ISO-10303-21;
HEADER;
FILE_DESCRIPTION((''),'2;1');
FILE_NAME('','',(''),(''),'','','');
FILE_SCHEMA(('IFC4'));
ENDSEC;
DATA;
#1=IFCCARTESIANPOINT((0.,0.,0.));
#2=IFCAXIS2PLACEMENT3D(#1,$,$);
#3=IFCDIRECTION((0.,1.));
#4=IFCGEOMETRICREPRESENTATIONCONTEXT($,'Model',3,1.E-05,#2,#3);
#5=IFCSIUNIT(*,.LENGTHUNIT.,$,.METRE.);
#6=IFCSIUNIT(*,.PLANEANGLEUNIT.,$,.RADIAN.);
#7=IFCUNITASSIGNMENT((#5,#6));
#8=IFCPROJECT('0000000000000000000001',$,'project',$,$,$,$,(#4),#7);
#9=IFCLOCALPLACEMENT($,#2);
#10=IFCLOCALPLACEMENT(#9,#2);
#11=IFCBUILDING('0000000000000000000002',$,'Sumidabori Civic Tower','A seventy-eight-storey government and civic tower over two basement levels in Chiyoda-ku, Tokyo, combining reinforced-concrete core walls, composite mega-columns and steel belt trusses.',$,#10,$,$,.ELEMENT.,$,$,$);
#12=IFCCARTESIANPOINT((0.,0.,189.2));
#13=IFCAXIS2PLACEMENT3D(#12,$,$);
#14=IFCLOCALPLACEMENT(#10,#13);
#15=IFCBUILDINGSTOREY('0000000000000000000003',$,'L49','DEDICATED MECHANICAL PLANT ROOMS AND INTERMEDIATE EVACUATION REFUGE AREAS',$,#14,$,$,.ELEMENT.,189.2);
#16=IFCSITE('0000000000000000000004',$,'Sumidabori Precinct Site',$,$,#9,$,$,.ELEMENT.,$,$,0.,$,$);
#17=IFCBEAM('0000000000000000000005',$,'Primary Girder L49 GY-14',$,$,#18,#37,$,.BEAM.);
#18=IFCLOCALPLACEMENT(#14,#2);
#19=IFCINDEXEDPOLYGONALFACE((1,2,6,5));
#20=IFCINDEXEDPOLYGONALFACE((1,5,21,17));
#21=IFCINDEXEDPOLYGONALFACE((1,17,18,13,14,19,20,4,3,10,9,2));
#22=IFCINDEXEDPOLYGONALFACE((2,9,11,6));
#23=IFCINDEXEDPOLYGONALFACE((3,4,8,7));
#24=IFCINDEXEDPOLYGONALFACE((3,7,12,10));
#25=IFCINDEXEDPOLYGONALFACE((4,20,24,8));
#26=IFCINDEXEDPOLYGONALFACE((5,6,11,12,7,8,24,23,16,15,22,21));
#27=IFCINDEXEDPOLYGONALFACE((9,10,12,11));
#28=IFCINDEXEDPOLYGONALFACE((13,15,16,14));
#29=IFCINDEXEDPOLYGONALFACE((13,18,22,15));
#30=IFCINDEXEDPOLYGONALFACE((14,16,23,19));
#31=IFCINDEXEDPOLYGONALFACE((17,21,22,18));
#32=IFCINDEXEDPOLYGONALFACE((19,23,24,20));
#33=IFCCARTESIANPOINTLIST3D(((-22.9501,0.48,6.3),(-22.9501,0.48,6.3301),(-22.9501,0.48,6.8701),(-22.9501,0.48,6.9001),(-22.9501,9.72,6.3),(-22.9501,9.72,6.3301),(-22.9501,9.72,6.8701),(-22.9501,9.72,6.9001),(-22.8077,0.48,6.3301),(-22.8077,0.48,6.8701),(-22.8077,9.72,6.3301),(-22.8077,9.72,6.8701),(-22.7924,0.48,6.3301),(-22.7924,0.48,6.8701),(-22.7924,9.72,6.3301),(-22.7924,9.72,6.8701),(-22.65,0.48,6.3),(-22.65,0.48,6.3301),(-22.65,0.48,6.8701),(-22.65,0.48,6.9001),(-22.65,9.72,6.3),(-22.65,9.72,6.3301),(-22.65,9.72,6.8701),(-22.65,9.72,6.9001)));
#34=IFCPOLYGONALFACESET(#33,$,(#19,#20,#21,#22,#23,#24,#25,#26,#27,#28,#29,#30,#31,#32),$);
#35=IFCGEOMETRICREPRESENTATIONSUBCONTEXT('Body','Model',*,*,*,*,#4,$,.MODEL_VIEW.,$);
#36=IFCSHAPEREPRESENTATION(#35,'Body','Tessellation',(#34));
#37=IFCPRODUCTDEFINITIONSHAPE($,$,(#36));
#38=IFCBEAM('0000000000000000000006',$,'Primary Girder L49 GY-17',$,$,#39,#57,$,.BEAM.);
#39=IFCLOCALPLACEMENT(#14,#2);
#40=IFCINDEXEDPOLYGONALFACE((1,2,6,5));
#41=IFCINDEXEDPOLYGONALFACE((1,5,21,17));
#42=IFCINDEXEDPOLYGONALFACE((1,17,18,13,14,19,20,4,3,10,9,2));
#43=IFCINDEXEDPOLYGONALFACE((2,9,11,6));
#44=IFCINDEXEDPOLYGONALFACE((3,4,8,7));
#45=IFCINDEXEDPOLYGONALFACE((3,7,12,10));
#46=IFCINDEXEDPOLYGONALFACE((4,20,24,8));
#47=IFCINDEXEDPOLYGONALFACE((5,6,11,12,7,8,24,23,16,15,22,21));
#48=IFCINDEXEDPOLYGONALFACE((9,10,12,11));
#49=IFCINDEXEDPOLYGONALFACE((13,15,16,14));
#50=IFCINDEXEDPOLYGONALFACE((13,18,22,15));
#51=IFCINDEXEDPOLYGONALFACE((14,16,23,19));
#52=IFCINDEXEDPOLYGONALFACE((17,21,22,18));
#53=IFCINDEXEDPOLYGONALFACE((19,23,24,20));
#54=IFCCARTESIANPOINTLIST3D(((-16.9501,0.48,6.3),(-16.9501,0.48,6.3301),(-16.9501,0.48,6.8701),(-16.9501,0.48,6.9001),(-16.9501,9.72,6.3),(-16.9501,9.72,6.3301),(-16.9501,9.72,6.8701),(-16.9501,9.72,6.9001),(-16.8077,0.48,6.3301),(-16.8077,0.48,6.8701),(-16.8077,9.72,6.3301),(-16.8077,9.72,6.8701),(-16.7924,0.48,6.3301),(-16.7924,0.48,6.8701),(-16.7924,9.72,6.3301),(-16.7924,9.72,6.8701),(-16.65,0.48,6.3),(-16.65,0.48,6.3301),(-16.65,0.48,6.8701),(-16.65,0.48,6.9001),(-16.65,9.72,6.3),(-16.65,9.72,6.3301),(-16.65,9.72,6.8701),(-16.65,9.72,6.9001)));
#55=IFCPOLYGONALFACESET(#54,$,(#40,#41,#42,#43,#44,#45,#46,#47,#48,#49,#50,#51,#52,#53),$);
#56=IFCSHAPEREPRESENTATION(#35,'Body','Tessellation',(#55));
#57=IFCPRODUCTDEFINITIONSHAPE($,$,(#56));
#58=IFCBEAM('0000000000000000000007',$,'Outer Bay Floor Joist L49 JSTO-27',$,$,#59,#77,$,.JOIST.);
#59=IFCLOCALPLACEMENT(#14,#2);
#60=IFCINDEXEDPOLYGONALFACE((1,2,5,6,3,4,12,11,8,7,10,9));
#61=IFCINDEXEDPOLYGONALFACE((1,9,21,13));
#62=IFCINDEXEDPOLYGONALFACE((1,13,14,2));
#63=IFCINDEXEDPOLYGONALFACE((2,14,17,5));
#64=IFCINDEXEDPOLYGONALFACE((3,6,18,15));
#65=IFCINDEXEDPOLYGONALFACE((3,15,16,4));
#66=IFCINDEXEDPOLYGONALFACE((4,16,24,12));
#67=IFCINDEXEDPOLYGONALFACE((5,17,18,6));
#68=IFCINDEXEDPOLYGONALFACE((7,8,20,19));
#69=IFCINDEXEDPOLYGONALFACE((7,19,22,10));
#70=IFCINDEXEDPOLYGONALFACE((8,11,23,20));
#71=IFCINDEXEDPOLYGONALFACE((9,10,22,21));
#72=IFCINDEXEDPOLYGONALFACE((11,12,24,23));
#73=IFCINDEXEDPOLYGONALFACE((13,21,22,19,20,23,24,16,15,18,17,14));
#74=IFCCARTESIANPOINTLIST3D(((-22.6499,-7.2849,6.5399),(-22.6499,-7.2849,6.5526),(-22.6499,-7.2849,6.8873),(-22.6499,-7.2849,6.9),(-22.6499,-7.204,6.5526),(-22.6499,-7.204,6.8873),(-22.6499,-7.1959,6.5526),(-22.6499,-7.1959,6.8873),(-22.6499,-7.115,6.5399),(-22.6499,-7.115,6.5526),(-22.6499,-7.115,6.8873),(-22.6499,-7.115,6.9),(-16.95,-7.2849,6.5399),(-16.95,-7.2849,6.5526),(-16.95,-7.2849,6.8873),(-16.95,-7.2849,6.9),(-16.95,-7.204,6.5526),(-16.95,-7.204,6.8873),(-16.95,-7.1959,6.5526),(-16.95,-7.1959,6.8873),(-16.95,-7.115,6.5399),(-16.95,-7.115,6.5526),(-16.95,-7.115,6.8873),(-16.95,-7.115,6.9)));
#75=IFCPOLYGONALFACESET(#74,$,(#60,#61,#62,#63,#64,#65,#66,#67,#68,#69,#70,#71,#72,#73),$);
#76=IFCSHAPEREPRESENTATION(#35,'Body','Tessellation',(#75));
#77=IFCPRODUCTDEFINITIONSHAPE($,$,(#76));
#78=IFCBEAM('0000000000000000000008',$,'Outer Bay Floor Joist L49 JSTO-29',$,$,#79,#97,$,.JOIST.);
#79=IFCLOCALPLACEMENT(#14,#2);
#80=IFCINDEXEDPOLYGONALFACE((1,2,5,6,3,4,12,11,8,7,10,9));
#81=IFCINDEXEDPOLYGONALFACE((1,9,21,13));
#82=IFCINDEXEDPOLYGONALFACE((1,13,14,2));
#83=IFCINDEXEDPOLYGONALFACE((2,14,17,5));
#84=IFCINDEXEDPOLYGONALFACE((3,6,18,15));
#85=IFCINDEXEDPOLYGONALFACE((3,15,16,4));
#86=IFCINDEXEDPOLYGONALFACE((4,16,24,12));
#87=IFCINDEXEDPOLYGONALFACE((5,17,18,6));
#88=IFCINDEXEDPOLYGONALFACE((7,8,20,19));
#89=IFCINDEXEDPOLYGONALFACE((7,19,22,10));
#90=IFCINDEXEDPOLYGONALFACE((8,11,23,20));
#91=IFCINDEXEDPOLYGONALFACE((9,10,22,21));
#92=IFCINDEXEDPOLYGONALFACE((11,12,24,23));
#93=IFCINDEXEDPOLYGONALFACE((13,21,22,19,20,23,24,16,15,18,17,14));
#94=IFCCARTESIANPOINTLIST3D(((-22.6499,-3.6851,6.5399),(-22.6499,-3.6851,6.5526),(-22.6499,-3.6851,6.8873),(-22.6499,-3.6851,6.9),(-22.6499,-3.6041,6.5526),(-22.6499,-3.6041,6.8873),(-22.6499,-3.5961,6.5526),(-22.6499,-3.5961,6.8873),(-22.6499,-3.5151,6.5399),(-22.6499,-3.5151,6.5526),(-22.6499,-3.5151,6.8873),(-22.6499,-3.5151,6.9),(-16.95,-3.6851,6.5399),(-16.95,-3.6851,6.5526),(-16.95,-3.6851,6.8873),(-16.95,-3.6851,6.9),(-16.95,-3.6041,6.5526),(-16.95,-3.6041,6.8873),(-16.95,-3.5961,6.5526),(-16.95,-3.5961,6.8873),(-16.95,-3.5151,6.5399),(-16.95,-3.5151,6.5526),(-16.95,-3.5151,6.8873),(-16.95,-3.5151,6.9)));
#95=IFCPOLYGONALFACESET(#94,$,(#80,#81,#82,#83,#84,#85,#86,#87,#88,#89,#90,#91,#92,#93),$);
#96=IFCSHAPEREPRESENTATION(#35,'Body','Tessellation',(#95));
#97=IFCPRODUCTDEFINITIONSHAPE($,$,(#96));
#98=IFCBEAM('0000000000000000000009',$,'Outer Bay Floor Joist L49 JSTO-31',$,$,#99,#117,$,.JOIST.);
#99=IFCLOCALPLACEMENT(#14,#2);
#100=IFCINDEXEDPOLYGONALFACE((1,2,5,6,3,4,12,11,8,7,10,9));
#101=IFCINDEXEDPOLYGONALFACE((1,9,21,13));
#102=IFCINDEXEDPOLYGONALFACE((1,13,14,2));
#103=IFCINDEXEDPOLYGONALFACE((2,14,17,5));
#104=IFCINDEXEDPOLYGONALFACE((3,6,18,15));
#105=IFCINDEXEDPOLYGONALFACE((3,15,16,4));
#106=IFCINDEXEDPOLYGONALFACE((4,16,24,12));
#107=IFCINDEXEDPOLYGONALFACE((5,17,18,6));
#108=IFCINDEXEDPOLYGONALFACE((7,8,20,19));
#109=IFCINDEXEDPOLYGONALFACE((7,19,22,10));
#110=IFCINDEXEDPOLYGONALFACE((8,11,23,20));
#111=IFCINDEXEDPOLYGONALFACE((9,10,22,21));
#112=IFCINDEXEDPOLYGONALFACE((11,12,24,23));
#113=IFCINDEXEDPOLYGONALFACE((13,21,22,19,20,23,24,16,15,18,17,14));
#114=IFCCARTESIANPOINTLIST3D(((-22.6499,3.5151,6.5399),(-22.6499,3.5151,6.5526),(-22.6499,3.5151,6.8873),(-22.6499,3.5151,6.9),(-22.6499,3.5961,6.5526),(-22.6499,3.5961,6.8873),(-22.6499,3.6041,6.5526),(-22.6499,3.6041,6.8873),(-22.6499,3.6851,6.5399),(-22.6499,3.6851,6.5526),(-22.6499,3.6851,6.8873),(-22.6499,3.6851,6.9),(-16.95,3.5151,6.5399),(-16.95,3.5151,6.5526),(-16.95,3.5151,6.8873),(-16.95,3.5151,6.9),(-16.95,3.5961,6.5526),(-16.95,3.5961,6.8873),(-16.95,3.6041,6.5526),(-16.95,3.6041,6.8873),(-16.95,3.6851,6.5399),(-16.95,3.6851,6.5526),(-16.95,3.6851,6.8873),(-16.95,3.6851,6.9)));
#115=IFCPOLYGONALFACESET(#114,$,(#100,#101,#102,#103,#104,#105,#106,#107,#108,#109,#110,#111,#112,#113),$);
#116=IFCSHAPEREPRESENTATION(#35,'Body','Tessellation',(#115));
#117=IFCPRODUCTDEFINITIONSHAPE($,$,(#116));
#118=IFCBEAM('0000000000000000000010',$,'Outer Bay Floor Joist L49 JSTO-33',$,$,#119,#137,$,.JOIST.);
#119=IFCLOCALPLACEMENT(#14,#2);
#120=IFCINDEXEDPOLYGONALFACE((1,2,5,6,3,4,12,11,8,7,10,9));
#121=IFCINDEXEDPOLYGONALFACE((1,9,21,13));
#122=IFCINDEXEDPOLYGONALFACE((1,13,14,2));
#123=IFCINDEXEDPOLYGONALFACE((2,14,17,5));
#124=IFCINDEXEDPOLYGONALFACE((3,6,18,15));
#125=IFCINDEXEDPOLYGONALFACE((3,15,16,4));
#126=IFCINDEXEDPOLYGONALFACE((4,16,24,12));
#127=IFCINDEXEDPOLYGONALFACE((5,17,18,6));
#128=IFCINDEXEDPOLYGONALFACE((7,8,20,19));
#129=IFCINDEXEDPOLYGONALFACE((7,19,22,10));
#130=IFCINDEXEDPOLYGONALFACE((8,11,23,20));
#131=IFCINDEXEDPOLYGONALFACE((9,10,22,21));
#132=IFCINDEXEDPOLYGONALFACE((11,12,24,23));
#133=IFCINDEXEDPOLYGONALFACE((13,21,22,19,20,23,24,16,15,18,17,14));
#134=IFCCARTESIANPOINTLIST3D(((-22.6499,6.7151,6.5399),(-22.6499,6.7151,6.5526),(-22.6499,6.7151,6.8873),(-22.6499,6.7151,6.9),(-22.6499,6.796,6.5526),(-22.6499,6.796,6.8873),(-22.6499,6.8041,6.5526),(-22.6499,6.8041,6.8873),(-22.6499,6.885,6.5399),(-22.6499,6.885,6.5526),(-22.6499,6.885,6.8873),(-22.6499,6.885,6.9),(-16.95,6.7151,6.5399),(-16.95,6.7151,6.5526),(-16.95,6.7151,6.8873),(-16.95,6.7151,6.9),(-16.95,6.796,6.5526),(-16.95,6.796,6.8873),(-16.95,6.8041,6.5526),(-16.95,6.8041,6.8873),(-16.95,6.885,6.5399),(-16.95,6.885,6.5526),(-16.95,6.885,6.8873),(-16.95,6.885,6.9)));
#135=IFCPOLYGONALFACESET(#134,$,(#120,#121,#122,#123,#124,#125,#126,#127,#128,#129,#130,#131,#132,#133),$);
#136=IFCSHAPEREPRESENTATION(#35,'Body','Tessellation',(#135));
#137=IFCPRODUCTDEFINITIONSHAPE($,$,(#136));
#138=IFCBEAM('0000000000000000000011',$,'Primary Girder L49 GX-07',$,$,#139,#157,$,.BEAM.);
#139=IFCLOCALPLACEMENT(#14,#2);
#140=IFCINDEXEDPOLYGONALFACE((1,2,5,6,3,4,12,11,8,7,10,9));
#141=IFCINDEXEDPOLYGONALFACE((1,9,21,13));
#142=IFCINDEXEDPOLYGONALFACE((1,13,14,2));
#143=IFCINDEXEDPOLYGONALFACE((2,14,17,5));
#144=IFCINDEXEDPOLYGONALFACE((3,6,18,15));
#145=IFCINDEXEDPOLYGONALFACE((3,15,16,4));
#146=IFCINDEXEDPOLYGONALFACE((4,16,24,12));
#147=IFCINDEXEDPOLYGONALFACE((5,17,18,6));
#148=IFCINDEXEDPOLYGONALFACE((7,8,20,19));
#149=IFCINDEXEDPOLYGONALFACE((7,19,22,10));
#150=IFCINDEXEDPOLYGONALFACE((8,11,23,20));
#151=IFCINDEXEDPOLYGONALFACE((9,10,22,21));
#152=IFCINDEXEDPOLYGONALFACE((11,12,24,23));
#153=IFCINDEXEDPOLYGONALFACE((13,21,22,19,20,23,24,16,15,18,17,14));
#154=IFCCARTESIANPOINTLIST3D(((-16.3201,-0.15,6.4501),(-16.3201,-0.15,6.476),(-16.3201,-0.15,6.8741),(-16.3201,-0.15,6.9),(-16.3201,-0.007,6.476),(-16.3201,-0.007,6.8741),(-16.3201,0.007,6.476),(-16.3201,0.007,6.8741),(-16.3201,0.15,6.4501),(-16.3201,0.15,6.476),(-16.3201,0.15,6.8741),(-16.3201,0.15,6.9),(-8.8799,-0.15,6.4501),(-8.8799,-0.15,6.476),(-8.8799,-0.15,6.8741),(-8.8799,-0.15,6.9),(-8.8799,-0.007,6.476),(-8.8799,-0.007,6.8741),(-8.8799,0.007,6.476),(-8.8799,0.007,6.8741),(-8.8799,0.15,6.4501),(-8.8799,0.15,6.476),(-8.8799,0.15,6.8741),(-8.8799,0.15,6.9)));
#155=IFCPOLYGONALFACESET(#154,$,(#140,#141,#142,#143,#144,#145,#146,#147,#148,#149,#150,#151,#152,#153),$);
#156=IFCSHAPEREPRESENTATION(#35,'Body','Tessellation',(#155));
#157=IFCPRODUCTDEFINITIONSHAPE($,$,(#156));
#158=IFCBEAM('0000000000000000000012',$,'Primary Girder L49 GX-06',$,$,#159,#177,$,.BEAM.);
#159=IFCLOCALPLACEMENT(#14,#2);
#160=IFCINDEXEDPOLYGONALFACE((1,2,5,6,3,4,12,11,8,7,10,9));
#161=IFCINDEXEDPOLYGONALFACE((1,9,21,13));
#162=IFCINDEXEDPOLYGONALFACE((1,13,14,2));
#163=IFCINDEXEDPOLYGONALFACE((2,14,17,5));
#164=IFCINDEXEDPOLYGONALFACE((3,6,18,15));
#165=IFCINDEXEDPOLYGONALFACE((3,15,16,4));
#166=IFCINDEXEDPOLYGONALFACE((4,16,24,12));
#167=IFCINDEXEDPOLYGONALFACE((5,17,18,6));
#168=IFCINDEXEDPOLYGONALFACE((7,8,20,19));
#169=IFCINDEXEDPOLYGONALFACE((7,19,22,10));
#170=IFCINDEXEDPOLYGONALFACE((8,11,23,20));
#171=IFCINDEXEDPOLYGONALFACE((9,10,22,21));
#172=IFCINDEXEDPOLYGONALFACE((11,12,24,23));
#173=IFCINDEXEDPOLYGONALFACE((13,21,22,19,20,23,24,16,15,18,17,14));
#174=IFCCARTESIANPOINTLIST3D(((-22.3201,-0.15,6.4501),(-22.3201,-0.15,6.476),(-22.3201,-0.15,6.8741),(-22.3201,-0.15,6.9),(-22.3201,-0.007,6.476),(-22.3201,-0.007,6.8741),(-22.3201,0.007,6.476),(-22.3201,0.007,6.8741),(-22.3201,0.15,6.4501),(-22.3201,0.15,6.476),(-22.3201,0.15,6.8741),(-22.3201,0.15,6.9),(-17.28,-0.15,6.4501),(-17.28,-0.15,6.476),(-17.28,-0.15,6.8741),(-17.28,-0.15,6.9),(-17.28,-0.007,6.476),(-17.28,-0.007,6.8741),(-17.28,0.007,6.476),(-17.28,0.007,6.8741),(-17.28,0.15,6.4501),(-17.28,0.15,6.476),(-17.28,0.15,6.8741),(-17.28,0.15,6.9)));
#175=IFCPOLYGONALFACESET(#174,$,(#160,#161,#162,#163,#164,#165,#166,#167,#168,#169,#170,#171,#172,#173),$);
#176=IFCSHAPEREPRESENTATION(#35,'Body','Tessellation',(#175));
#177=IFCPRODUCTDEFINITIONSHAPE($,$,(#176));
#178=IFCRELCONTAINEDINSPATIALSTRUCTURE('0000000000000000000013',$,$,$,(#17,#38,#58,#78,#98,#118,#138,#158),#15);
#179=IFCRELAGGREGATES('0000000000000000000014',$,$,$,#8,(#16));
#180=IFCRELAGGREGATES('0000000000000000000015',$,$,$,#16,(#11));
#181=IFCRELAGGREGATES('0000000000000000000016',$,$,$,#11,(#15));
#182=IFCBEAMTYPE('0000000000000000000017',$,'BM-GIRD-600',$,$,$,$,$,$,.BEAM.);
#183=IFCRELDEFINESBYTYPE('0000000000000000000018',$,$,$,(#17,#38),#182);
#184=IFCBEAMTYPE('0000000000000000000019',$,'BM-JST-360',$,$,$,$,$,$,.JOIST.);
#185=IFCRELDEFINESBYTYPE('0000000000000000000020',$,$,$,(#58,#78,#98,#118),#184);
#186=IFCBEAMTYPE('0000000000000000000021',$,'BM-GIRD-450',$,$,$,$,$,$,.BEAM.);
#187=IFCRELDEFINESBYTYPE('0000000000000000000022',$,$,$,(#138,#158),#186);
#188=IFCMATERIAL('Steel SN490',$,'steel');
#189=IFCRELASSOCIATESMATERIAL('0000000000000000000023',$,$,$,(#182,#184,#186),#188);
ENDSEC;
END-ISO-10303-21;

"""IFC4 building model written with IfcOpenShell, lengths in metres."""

from ifc_helpers import new_model, si_unit, direction, frame, origin, origin_2d, place, context, subcontext, project, spatial, i_section, extrude, source, transform, mapped, material, material_profile, profile_set, type_object, element, save


model = new_model("IFC4")

# Units and contexts
model_context = context("Model", 3, precision=1e-05, world=origin(), true_north=direction((0.0, 1.0)))
body_context = subcontext(model_context, "Body", "Model", "MODEL_VIEW")
ifc_project = project(units=[si_unit("LENGTHUNIT", "METRE"), si_unit("PLANEANGLEUNIT", "RADIAN")], contexts=[model_context])

# Site, building, storey
site_placement = place(None, origin())
site = spatial("IfcSite", under=ifc_project, at=site_placement, Name="Sumidabori Precinct Site", CompositionType="ELEMENT", RefElevation=0.0)
building_placement = place(site_placement, origin())
building = spatial("IfcBuilding", under=site, at=building_placement, Name="Sumidabori Civic Tower", Description="A seventy-eight-storey government and civic tower over two basement levels in Chiyoda-ku, Tokyo, combining reinforced-concrete core walls, composite mega-columns and steel belt trusses.", CompositionType="ELEMENT")
storey_placement = place(building_placement, frame((0.0, 0.0, 189.2)))
storey = spatial("IfcBuildingStorey", under=building, at=storey_placement, Name="L49", Description="DEDICATED MECHANICAL PLANT ROOMS AND INTERMEDIATE EVACUATION REFUGE AREAS", CompositionType="ELEMENT", Elevation=189.2)

# Beams
ifc_material_1 = material(Name="Steel SN490", Category="steel")
ifc_material_profile_1 = material_profile(ifc_material_1, i_section(OverallWidth=0.3, OverallDepth=0.6001, WebThickness=0.0154, FlangeThickness=0.03, at=origin_2d()), Name="HE 600 B")
ifc_profile_set_1 = profile_set([ifc_material_profile_1], Name="Steel SN490")
beam_type_1 = type_object("IfcBeamType", Name="BM-GIRD-600", PredefinedType="BEAM", material=ifc_profile_set_1)
shared_shape_1 = source(origin(), body_context, "Body", "SweptSolid", [
    extrude(i_section(OverallWidth=0.3, OverallDepth=0.6001, WebThickness=0.0154, FlangeThickness=0.03, at=origin_2d()), origin(), (0.0, 0.0, 1.0), 9.24),
])
for number, where, z_axis, x_axis, name in (
    (1, (-22.8, 0.48, 6.6001), (0.0, 1.0, 0.0), (-1.0, 0.0, 0.0), "Primary Girder L49 GY-14"),
    (2, (-16.8, 0.48, 6.6001), (0.0, 1.0, 0.0), (-1.0, 0.0, 0.0), "Primary Girder L49 GY-17"),
):
    element("IfcBeam", number, at=place(storey_placement, frame(where, z_axis=z_axis, x_axis=x_axis)), inside=storey, type_object=beam_type_1, Name=name, PredefinedType="BEAM", context=body_context, shape_type="MappedRepresentation", body=[
        mapped(shared_shape_1, transform((0.0, 0.0, 0.0), x_axis=(1.0, 0.0, 0.0), y_axis=(0.0, 1.0, 0.0), z_axis=(0.0, 0.0, 1.0), scale=1.0)),
    ])
ifc_material_profile_2 = material_profile(ifc_material_1, i_section(OverallWidth=0.1699, OverallDepth=0.3601, WebThickness=0.0081, FlangeThickness=0.0127, at=origin_2d()), Name="IPE 360")
ifc_profile_set_2 = profile_set([ifc_material_profile_2], Name="Steel SN490")
beam_type_2 = type_object("IfcBeamType", Name="BM-JST-360", PredefinedType="JOIST", material=ifc_profile_set_2)
shared_shape_2 = source(origin(), body_context, "Body", "SweptSolid", [
    extrude(i_section(OverallWidth=0.1699, OverallDepth=0.3601, WebThickness=0.0081, FlangeThickness=0.0127, at=origin_2d()), origin(), (0.0, 0.0, 1.0), 5.7),
])
for number, where, z_axis, x_axis, name in (
    (3, (-22.6499, -7.2, 6.72), (1.0, 0.0, 0.0), (0.0, 1.0, 0.0), "Outer Bay Floor Joist L49 JSTO-27"),
    (4, (-22.6499, -3.6001, 6.72), (1.0, 0.0, 0.0), (0.0, 1.0, 0.0), "Outer Bay Floor Joist L49 JSTO-29"),
    (5, (-22.6499, 3.6001, 6.72), (1.0, 0.0, 0.0), (0.0, 1.0, 0.0), "Outer Bay Floor Joist L49 JSTO-31"),
    (6, (-22.6499, 6.8, 6.72), (1.0, 0.0, 0.0), (0.0, 1.0, 0.0), "Outer Bay Floor Joist L49 JSTO-33"),
):
    element("IfcBeam", number, at=place(storey_placement, frame(where, z_axis=z_axis, x_axis=x_axis)), inside=storey, type_object=beam_type_2, Name=name, PredefinedType="JOIST", context=body_context, shape_type="MappedRepresentation", body=[
        mapped(shared_shape_2, transform((0.0, 0.0, 0.0), x_axis=(1.0, 0.0, 0.0), y_axis=(0.0, 1.0, 0.0), z_axis=(0.0, 0.0, 1.0), scale=1.0)),
    ])
ifc_material_profile_3 = material_profile(ifc_material_1, i_section(OverallWidth=0.3, OverallDepth=0.45, WebThickness=0.0139, FlangeThickness=0.0259, at=origin_2d()), Name="HE 450 B")
ifc_profile_set_3 = profile_set([ifc_material_profile_3], Name="Steel SN490")
beam_type_3 = type_object("IfcBeamType", Name="BM-GIRD-450", PredefinedType="BEAM", material=ifc_profile_set_3)
shared_shape_3 = source(origin(), body_context, "Body", "SweptSolid", [
    extrude(i_section(OverallWidth=0.3, OverallDepth=0.45, WebThickness=0.0139, FlangeThickness=0.0259, at=origin_2d()), origin(), (0.0, 0.0, 1.0), 7.4402),
])
beam_1_placement = place(storey_placement, frame((-16.3201, 0.0, 6.675), z_axis=(1.0, 0.0, 0.0), x_axis=(0.0, 1.0, 0.0)))
element("IfcBeam", 7, at=beam_1_placement, inside=storey, type_object=beam_type_3, Name="Primary Girder L49 GX-07", PredefinedType="BEAM", context=body_context, shape_type="MappedRepresentation", body=[
    mapped(shared_shape_3, transform((0.0, 0.0, 0.0), x_axis=(1.0, 0.0, 0.0), y_axis=(0.0, 1.0, 0.0), z_axis=(0.0, 0.0, 1.0), scale=1.0)),
])
shared_shape_4 = source(origin(), body_context, "Body", "SweptSolid", [
    extrude(i_section(OverallWidth=0.3, OverallDepth=0.45, WebThickness=0.0139, FlangeThickness=0.0259, at=origin_2d()), origin(), (0.0, 0.0, 1.0), 5.04),
])
beam_2_placement = place(storey_placement, frame((-22.3201, 0.0, 6.675), z_axis=(1.0, 0.0, 0.0), x_axis=(0.0, 1.0, 0.0)))
element("IfcBeam", 8, at=beam_2_placement, inside=storey, type_object=beam_type_3, Name="Primary Girder L49 GX-06", PredefinedType="BEAM", context=body_context, shape_type="MappedRepresentation", body=[
    mapped(shared_shape_4, transform((0.0, 0.0, 0.0), x_axis=(1.0, 0.0, 0.0), y_axis=(0.0, 1.0, 0.0), z_axis=(0.0, 0.0, 1.0), scale=1.0)),
])

save(model, "model.ifc")
